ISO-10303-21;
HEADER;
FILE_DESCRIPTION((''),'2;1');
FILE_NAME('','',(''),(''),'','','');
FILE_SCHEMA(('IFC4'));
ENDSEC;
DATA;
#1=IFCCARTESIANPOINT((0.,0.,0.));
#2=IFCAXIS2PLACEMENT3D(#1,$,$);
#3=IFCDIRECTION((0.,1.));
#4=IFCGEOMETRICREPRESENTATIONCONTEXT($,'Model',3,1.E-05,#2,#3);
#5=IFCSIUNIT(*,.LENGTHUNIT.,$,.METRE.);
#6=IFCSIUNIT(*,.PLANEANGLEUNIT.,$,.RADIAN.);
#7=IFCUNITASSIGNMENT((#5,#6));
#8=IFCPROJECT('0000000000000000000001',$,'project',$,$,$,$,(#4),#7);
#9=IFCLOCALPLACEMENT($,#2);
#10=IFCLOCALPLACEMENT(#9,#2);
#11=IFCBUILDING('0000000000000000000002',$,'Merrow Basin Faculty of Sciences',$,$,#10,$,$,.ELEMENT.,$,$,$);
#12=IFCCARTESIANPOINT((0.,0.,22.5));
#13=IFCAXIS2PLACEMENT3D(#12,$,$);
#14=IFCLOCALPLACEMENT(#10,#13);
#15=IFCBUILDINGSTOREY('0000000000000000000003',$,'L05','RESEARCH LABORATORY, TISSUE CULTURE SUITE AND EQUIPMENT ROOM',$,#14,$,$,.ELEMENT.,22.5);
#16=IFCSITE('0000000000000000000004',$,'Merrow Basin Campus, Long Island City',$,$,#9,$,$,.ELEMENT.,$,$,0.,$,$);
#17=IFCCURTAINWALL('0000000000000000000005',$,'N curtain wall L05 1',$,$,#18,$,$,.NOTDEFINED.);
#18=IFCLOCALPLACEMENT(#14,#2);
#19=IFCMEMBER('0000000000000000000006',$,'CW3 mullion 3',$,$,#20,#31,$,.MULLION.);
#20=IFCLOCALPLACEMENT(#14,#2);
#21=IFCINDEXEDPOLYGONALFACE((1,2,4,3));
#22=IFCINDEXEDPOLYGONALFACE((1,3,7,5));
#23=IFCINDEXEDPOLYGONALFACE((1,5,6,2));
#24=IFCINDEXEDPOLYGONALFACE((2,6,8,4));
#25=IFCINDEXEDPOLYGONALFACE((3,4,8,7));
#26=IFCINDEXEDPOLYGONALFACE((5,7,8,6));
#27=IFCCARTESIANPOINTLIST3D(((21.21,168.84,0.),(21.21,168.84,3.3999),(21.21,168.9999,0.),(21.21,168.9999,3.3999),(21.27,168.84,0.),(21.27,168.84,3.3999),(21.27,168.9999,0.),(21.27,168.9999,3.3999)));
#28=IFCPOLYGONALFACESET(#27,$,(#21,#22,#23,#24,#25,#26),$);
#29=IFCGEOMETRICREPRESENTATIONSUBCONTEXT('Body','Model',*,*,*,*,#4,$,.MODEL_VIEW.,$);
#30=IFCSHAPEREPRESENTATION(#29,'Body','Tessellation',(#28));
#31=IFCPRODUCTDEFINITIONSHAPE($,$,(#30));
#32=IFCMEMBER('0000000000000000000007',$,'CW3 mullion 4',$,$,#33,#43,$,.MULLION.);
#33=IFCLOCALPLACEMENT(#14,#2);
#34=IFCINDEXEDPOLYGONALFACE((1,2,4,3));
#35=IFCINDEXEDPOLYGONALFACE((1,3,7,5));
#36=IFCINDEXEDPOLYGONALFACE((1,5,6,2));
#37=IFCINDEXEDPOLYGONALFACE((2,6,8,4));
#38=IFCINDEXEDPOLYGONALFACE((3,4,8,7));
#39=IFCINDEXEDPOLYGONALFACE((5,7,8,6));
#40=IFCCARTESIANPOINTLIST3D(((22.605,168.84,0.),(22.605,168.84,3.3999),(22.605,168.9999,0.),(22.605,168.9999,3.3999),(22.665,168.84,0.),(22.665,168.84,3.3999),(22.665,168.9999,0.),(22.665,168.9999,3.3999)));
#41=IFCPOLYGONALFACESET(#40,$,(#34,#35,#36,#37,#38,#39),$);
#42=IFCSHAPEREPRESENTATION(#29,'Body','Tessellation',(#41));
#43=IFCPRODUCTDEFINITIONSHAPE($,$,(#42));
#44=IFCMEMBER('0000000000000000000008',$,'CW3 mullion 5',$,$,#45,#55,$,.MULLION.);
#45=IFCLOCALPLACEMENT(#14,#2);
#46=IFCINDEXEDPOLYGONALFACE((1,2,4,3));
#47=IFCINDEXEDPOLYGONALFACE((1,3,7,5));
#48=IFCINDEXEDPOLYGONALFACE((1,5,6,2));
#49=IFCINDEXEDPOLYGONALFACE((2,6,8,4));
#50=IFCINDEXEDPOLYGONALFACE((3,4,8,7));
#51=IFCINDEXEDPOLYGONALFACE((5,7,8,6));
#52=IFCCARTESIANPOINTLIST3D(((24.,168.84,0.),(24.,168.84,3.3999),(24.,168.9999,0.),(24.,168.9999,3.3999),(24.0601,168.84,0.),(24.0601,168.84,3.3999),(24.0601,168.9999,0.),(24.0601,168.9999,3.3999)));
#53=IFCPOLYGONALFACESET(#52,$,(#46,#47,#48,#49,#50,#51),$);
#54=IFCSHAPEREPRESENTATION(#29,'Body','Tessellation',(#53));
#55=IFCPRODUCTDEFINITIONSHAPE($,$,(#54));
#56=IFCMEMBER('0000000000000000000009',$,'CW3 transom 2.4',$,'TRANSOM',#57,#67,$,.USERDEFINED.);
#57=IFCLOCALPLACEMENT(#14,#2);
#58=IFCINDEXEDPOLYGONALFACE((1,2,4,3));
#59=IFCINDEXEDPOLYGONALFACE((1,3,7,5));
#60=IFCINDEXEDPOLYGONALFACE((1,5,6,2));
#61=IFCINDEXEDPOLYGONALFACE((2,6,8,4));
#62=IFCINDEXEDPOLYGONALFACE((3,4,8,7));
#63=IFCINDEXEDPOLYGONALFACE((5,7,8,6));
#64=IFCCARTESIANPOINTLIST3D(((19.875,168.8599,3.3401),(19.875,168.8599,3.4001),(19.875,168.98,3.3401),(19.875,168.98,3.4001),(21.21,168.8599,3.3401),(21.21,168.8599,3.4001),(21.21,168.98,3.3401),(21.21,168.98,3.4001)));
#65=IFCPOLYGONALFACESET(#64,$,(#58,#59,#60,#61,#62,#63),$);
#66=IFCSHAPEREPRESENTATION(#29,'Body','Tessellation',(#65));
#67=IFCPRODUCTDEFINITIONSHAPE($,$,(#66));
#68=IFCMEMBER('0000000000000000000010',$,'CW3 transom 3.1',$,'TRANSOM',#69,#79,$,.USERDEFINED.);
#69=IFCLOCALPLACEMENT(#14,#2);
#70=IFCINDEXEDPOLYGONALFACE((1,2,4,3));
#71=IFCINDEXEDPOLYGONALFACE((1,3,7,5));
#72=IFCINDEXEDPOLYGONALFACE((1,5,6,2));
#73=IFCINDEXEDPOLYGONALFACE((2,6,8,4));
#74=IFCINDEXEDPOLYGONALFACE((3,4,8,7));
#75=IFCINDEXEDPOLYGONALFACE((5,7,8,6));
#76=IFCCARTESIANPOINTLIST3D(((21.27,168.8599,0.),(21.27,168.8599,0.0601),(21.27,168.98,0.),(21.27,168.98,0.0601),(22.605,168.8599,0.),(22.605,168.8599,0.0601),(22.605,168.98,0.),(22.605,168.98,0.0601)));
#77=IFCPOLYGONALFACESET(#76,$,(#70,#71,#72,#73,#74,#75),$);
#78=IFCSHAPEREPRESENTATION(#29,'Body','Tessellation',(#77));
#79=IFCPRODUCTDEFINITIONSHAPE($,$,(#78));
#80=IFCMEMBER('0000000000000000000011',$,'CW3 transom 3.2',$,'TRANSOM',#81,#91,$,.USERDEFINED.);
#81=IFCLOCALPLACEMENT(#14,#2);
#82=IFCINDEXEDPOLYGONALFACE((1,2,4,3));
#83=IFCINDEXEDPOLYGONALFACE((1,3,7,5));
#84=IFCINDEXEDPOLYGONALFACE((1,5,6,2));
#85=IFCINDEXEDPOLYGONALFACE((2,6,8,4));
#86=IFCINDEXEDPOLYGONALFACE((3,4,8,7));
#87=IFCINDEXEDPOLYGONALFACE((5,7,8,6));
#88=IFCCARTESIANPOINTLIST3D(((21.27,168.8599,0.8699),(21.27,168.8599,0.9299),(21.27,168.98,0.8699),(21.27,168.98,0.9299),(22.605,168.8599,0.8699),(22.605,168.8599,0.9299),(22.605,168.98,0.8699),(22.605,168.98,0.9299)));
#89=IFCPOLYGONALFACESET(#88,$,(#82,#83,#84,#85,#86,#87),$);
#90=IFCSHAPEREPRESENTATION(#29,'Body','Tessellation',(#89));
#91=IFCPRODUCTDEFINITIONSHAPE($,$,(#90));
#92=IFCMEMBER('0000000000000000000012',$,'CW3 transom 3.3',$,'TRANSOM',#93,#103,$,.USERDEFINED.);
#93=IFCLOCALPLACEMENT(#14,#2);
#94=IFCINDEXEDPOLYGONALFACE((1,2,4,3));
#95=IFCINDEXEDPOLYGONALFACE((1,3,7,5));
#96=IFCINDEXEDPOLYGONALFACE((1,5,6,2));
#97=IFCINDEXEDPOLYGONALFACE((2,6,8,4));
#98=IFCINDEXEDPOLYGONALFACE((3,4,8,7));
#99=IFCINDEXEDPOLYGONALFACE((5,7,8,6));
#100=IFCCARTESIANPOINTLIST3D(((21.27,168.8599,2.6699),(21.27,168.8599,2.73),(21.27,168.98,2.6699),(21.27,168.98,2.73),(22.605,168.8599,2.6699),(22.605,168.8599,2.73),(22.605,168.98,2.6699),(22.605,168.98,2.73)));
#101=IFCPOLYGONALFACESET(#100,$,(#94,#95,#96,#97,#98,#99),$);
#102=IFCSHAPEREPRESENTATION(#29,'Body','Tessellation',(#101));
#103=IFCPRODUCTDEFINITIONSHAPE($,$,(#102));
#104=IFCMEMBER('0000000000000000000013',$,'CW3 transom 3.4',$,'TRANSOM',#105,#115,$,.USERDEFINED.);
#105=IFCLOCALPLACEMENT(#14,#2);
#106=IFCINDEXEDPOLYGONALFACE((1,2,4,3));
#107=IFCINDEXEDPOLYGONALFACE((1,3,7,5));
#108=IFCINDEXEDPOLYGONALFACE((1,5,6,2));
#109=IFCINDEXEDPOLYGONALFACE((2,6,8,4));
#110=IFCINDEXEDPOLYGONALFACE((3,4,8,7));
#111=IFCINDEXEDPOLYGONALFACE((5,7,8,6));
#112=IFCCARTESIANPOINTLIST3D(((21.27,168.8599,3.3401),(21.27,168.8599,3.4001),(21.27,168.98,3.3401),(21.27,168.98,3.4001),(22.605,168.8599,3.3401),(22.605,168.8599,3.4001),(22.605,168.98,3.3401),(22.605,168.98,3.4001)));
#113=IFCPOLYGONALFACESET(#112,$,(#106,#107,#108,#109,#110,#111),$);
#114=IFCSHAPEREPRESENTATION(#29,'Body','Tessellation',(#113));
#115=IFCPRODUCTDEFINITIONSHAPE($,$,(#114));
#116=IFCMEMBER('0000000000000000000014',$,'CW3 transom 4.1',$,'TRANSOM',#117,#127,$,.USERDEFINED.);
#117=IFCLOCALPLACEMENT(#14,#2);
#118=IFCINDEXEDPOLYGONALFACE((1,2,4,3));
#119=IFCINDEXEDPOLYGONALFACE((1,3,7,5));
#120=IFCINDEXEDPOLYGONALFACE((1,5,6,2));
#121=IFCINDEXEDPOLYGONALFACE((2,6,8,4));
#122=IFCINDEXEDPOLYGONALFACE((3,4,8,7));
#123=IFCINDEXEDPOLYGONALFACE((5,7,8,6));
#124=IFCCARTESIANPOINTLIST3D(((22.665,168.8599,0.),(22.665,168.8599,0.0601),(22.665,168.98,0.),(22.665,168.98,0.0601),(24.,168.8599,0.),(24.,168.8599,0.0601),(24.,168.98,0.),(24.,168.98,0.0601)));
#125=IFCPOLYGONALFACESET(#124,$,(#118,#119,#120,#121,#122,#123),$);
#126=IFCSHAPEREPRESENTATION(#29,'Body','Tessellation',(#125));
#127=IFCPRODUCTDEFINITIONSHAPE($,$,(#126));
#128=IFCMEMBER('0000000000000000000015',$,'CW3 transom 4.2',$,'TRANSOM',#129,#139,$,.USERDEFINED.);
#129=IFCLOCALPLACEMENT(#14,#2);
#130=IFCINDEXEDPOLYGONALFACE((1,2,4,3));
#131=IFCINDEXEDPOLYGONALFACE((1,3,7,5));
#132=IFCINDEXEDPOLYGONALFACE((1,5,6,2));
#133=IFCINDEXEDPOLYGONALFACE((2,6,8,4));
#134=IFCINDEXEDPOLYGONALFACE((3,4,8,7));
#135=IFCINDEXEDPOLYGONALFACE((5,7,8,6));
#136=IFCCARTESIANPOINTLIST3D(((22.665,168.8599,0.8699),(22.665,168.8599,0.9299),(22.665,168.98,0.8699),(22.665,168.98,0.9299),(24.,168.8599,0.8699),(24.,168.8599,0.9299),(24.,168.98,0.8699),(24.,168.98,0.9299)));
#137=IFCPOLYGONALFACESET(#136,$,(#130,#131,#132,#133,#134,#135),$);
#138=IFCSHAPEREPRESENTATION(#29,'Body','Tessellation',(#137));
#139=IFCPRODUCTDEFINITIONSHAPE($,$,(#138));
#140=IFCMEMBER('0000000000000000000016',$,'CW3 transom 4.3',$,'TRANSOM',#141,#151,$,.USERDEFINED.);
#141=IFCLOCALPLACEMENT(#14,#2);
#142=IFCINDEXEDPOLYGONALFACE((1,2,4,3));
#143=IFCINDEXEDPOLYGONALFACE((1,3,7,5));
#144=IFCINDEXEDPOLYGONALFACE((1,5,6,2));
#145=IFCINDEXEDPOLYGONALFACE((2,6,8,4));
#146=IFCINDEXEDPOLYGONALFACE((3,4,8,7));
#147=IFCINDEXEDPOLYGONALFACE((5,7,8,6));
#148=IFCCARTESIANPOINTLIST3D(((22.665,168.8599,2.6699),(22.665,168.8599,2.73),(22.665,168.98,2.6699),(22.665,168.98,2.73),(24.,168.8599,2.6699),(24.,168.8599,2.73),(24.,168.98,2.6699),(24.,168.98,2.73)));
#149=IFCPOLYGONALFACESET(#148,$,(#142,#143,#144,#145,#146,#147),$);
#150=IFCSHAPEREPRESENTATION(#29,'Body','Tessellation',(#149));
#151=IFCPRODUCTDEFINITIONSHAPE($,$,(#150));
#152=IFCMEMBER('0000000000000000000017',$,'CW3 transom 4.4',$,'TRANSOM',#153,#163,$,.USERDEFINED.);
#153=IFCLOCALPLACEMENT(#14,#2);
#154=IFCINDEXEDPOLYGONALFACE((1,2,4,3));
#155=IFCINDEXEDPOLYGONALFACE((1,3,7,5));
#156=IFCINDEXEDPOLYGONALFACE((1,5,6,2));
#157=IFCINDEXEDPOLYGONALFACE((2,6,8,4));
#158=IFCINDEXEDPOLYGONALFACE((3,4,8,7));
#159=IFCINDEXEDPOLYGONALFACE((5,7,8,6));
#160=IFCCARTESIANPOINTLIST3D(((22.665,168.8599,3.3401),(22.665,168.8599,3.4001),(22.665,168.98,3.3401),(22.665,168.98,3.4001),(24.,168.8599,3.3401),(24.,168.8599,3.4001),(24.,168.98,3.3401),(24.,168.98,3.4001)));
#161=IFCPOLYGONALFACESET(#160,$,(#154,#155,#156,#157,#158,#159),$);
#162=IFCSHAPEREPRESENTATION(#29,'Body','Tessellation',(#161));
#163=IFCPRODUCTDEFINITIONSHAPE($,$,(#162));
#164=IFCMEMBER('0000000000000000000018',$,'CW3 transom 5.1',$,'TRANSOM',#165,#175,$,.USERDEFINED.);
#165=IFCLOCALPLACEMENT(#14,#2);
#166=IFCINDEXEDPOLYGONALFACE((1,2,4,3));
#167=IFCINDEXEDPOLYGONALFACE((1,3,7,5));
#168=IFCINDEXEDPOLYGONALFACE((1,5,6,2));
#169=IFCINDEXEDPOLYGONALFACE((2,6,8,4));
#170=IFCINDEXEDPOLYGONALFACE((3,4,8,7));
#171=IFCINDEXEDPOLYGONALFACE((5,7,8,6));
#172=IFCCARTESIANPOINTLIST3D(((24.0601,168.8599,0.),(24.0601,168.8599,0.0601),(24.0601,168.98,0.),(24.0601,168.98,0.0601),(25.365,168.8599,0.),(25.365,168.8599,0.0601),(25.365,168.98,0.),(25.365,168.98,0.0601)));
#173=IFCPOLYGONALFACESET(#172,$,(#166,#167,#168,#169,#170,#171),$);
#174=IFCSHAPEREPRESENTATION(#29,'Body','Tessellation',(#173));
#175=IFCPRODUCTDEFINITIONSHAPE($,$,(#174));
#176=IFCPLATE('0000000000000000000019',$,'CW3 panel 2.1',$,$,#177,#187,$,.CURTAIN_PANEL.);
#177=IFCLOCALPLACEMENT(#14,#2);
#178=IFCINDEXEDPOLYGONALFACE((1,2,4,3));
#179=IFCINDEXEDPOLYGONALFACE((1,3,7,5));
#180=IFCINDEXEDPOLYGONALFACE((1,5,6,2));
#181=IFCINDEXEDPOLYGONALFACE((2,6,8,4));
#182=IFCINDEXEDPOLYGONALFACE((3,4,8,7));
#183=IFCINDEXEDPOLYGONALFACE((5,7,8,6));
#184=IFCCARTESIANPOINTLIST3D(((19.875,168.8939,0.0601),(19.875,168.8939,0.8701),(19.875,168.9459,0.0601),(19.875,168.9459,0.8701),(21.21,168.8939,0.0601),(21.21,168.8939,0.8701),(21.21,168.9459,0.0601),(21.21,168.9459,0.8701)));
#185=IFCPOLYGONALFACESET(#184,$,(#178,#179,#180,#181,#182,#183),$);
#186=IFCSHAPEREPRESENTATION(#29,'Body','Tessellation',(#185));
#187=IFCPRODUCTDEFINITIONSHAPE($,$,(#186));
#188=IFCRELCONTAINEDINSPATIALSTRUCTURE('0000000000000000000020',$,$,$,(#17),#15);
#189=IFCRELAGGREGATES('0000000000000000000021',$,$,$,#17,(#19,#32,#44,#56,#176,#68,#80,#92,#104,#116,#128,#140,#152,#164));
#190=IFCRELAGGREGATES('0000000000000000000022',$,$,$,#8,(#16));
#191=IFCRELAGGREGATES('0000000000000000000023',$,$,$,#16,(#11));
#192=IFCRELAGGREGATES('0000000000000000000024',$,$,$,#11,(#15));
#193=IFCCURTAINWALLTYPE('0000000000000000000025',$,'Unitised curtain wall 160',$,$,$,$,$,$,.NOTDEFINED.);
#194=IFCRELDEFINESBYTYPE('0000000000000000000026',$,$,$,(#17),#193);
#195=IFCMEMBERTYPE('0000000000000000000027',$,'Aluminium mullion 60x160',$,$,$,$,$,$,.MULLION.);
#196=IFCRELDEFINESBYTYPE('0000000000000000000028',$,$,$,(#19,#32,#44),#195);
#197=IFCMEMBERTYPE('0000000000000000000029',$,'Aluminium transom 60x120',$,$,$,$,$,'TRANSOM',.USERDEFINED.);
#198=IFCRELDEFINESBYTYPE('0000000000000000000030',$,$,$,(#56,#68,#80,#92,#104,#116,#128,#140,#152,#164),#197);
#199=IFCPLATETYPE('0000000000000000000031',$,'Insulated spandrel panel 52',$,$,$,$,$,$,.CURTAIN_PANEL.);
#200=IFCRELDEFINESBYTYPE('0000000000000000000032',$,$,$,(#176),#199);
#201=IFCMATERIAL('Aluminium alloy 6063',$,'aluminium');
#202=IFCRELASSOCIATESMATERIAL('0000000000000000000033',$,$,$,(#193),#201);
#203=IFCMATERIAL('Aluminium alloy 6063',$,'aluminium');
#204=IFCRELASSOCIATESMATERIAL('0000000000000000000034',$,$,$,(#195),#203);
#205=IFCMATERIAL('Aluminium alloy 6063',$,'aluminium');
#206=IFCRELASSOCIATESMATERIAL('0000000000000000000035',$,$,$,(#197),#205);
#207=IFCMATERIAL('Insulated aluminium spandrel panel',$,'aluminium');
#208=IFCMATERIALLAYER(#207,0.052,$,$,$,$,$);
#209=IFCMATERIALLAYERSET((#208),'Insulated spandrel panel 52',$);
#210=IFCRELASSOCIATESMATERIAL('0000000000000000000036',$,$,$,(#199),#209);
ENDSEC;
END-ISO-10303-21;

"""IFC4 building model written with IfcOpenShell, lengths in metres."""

from ifc_helpers import new_model, si_unit, direction, frame, origin, origin_2d, place, context, subcontext, project, spatial, rectangle, extrude, material, layer, layer_set, material_profile, profile_set, type_object, element, aggregate, save


model = new_model("IFC4")

# Units and contexts
model_context = context("Model", 3, precision=1e-05, world=origin(), true_north=direction((0.0, 1.0)))
body_context = subcontext(model_context, "Body", "Model", "MODEL_VIEW")
ifc_project = project(units=[si_unit("LENGTHUNIT", "METRE"), si_unit("PLANEANGLEUNIT", "RADIAN")], contexts=[model_context])

# Site, building, storey
site_placement = place(None, origin())
site = spatial("IfcSite", under=ifc_project, at=site_placement, Name="Merrow Basin Campus, Long Island City", CompositionType="ELEMENT", RefElevation=0.0)
building_placement = place(site_placement, origin())
building = spatial("IfcBuilding", under=site, at=building_placement, Name="Merrow Basin Faculty of Sciences", CompositionType="ELEMENT")
storey_placement = place(building_placement, frame((0.0, 0.0, 22.5)))
storey = spatial("IfcBuildingStorey", under=building, at=storey_placement, Name="L05", Description="RESEARCH LABORATORY, TISSUE CULTURE SUITE AND EQUIPMENT ROOM", CompositionType="ELEMENT", Elevation=22.5)

# Curtain wall, members, plate
ifc_material_1 = material(Name="Aluminium alloy 6063", Category="aluminium")
curtain_wall_type = type_object("IfcCurtainWallType", Name="Unitised curtain wall 160", PredefinedType="NOTDEFINED", material=ifc_material_1)
curtain_wall_placement = place(storey_placement, origin())
curtain_wall = element("IfcCurtainWall", 1, at=curtain_wall_placement, inside=storey, type_object=curtain_wall_type, Name="N curtain wall L05 1", PredefinedType="NOTDEFINED")
ifc_material_2 = material(Name="Aluminium alloy 6063", Category="aluminium")
ifc_material_profile_1 = material_profile(ifc_material_2, rectangle(XDim=0.1599, YDim=0.0601, at=origin_2d()))
ifc_profile_set_1 = profile_set([ifc_material_profile_1], Name="Aluminium alloy 6063")
member_type_1 = type_object("IfcMemberType", Name="Aluminium mullion 60x160", PredefinedType="MULLION", material=ifc_profile_set_1)
member_1_placement = place(storey_placement, frame((21.24, 168.9199, 0.0), z_axis=(0.0, 0.0, 1.0), x_axis=(0.0, 1.0, 0.0)))
member_1 = element("IfcMember", 2, at=member_1_placement, type_object=member_type_1, Name="CW3 mullion 3", PredefinedType="MULLION", context=body_context, shape_type="SweptSolid", body=[
    extrude(rectangle(XDim=0.1599, YDim=0.0601, at=origin_2d()), origin(), (0.0, 0.0, 1.0), 3.3999),
])
member_2_placement = place(storey_placement, frame((22.635, 168.9199, 0.0), z_axis=(0.0, 0.0, 1.0), x_axis=(0.0, 1.0, 0.0)))
member_2 = element("IfcMember", 3, at=member_2_placement, type_object=member_type_1, Name="CW3 mullion 4", PredefinedType="MULLION", context=body_context, shape_type="SweptSolid", body=[
    extrude(rectangle(XDim=0.1599, YDim=0.0601, at=origin_2d()), origin(), (0.0, 0.0, 1.0), 3.3999),
])
member_3_placement = place(storey_placement, frame((24.03, 168.9199, 0.0), z_axis=(0.0, 0.0, 1.0), x_axis=(0.0, 1.0, 0.0)))
member_3 = element("IfcMember", 4, at=member_3_placement, type_object=member_type_1, Name="CW3 mullion 5", PredefinedType="MULLION", context=body_context, shape_type="SweptSolid", body=[
    extrude(rectangle(XDim=0.1599, YDim=0.0601, at=origin_2d()), origin(), (0.0, 0.0, 1.0), 3.3999),
])
ifc_material_3 = material(Name="Aluminium alloy 6063", Category="aluminium")
ifc_material_profile_2 = material_profile(ifc_material_3, rectangle(XDim=0.1201, YDim=0.0601, at=origin_2d()))
ifc_profile_set_2 = profile_set([ifc_material_profile_2], Name="Aluminium alloy 6063")
member_type_2 = type_object("IfcMemberType", Name="Aluminium transom 60x120", ElementType="TRANSOM", PredefinedType="USERDEFINED", material=ifc_profile_set_2)
member_4_placement = place(storey_placement, frame((19.875, 168.9199, 3.3701), z_axis=(1.0, 0.0, 0.0), x_axis=(0.0, 1.0, 0.0)))
member_4 = element("IfcMember", 5, at=member_4_placement, type_object=member_type_2, Name="CW3 transom 2.4", ObjectType="TRANSOM", PredefinedType="USERDEFINED", context=body_context, shape_type="SweptSolid", body=[
    extrude(rectangle(XDim=0.1201, YDim=0.0601, at=origin_2d()), origin(), (0.0, 0.0, 1.0), 1.335),
])
member_5_placement = place(storey_placement, frame((21.27, 168.9199, 0.03), z_axis=(1.0, 0.0, 0.0), x_axis=(0.0, 1.0, 0.0)))
member_5 = element("IfcMember", 6, at=member_5_placement, type_object=member_type_2, Name="CW3 transom 3.1", ObjectType="TRANSOM", PredefinedType="USERDEFINED", context=body_context, shape_type="SweptSolid", body=[
    extrude(rectangle(XDim=0.1201, YDim=0.0601, at=origin_2d()), origin(), (0.0, 0.0, 1.0), 1.335),
])
member_6_placement = place(storey_placement, frame((21.27, 168.9199, 0.8999), z_axis=(1.0, 0.0, 0.0), x_axis=(0.0, 1.0, 0.0)))
member_6 = element("IfcMember", 7, at=member_6_placement, type_object=member_type_2, Name="CW3 transom 3.2", ObjectType="TRANSOM", PredefinedType="USERDEFINED", context=body_context, shape_type="SweptSolid", body=[
    extrude(rectangle(XDim=0.1201, YDim=0.0601, at=origin_2d()), origin(), (0.0, 0.0, 1.0), 1.335),
])
member_7_placement = place(storey_placement, frame((21.27, 168.9199, 2.7), z_axis=(1.0, 0.0, 0.0), x_axis=(0.0, 1.0, 0.0)))
member_7 = element("IfcMember", 8, at=member_7_placement, type_object=member_type_2, Name="CW3 transom 3.3", ObjectType="TRANSOM", PredefinedType="USERDEFINED", context=body_context, shape_type="SweptSolid", body=[
    extrude(rectangle(XDim=0.1201, YDim=0.0601, at=origin_2d()), origin(), (0.0, 0.0, 1.0), 1.335),
])
member_8_placement = place(storey_placement, frame((21.27, 168.9199, 3.3701), z_axis=(1.0, 0.0, 0.0), x_axis=(0.0, 1.0, 0.0)))
member_8 = element("IfcMember", 9, at=member_8_placement, type_object=member_type_2, Name="CW3 transom 3.4", ObjectType="TRANSOM", PredefinedType="USERDEFINED", context=body_context, shape_type="SweptSolid", body=[
    extrude(rectangle(XDim=0.1201, YDim=0.0601, at=origin_2d()), origin(), (0.0, 0.0, 1.0), 1.335),
])
member_9_placement = place(storey_placement, frame((22.665, 168.9199, 0.03), z_axis=(1.0, 0.0, 0.0), x_axis=(0.0, 1.0, 0.0)))
member_9 = element("IfcMember", 10, at=member_9_placement, type_object=member_type_2, Name="CW3 transom 4.1", ObjectType="TRANSOM", PredefinedType="USERDEFINED", context=body_context, shape_type="SweptSolid", body=[
    extrude(rectangle(XDim=0.1201, YDim=0.0601, at=origin_2d()), origin(), (0.0, 0.0, 1.0), 1.335),
])
member_10_placement = place(storey_placement, frame((22.665, 168.9199, 0.8999), z_axis=(1.0, 0.0, 0.0), x_axis=(0.0, 1.0, 0.0)))
member_10 = element("IfcMember", 11, at=member_10_placement, type_object=member_type_2, Name="CW3 transom 4.2", ObjectType="TRANSOM", PredefinedType="USERDEFINED", context=body_context, shape_type="SweptSolid", body=[
    extrude(rectangle(XDim=0.1201, YDim=0.0601, at=origin_2d()), origin(), (0.0, 0.0, 1.0), 1.335),
])
member_11_placement = place(storey_placement, frame((22.665, 168.9199, 2.7), z_axis=(1.0, 0.0, 0.0), x_axis=(0.0, 1.0, 0.0)))
member_11 = element("IfcMember", 12, at=member_11_placement, type_object=member_type_2, Name="CW3 transom 4.3", ObjectType="TRANSOM", PredefinedType="USERDEFINED", context=body_context, shape_type="SweptSolid", body=[
    extrude(rectangle(XDim=0.1201, YDim=0.0601, at=origin_2d()), origin(), (0.0, 0.0, 1.0), 1.335),
])
member_12_placement = place(storey_placement, frame((22.665, 168.9199, 3.3701), z_axis=(1.0, 0.0, 0.0), x_axis=(0.0, 1.0, 0.0)))
member_12 = element("IfcMember", 13, at=member_12_placement, type_object=member_type_2, Name="CW3 transom 4.4", ObjectType="TRANSOM", PredefinedType="USERDEFINED", context=body_context, shape_type="SweptSolid", body=[
    extrude(rectangle(XDim=0.1201, YDim=0.0601, at=origin_2d()), origin(), (0.0, 0.0, 1.0), 1.335),
])
member_13_placement = place(storey_placement, frame((24.0601, 168.9199, 0.03), z_axis=(1.0, 0.0, 0.0), x_axis=(0.0, 1.0, 0.0)))
member_13 = element("IfcMember", 14, at=member_13_placement, type_object=member_type_2, Name="CW3 transom 5.1", ObjectType="TRANSOM", PredefinedType="USERDEFINED", context=body_context, shape_type="SweptSolid", body=[
    extrude(rectangle(XDim=0.1201, YDim=0.0601, at=origin_2d()), origin(), (0.0, 0.0, 1.0), 1.3049),
])
ifc_material_4 = material(Name="Insulated aluminium spandrel panel", Category="aluminium")
ifc_layer_1 = layer(ifc_material_4, 0.052)
ifc_layer_set_1 = layer_set([ifc_layer_1], Name="Insulated spandrel panel 52")
plate_type_1 = type_object("IfcPlateType", Name="Insulated spandrel panel 52", PredefinedType="CURTAIN_PANEL", material=ifc_layer_set_1)
plate_1_placement = place(storey_placement, frame((20.5425, 168.9199, 0.0601), z_axis=(0.0, 0.0, 1.0), x_axis=(1.0, 0.0, 0.0)))
plate_1 = element("IfcPlate", 15, at=plate_1_placement, type_object=plate_type_1, Name="CW3 panel 2.1", PredefinedType="CURTAIN_PANEL", context=body_context, shape_type="SweptSolid", body=[
    extrude(rectangle(XDim=1.335, YDim=0.052, at=origin_2d()), origin(), (0.0, 0.0, 1.0), 0.8101),
])
aggregate(curtain_wall, [member_1, member_2, member_3, member_4, plate_1, member_5, member_6, member_7, member_8, member_9, member_10, member_11, member_12, member_13])

save(model, "model.ifc")
